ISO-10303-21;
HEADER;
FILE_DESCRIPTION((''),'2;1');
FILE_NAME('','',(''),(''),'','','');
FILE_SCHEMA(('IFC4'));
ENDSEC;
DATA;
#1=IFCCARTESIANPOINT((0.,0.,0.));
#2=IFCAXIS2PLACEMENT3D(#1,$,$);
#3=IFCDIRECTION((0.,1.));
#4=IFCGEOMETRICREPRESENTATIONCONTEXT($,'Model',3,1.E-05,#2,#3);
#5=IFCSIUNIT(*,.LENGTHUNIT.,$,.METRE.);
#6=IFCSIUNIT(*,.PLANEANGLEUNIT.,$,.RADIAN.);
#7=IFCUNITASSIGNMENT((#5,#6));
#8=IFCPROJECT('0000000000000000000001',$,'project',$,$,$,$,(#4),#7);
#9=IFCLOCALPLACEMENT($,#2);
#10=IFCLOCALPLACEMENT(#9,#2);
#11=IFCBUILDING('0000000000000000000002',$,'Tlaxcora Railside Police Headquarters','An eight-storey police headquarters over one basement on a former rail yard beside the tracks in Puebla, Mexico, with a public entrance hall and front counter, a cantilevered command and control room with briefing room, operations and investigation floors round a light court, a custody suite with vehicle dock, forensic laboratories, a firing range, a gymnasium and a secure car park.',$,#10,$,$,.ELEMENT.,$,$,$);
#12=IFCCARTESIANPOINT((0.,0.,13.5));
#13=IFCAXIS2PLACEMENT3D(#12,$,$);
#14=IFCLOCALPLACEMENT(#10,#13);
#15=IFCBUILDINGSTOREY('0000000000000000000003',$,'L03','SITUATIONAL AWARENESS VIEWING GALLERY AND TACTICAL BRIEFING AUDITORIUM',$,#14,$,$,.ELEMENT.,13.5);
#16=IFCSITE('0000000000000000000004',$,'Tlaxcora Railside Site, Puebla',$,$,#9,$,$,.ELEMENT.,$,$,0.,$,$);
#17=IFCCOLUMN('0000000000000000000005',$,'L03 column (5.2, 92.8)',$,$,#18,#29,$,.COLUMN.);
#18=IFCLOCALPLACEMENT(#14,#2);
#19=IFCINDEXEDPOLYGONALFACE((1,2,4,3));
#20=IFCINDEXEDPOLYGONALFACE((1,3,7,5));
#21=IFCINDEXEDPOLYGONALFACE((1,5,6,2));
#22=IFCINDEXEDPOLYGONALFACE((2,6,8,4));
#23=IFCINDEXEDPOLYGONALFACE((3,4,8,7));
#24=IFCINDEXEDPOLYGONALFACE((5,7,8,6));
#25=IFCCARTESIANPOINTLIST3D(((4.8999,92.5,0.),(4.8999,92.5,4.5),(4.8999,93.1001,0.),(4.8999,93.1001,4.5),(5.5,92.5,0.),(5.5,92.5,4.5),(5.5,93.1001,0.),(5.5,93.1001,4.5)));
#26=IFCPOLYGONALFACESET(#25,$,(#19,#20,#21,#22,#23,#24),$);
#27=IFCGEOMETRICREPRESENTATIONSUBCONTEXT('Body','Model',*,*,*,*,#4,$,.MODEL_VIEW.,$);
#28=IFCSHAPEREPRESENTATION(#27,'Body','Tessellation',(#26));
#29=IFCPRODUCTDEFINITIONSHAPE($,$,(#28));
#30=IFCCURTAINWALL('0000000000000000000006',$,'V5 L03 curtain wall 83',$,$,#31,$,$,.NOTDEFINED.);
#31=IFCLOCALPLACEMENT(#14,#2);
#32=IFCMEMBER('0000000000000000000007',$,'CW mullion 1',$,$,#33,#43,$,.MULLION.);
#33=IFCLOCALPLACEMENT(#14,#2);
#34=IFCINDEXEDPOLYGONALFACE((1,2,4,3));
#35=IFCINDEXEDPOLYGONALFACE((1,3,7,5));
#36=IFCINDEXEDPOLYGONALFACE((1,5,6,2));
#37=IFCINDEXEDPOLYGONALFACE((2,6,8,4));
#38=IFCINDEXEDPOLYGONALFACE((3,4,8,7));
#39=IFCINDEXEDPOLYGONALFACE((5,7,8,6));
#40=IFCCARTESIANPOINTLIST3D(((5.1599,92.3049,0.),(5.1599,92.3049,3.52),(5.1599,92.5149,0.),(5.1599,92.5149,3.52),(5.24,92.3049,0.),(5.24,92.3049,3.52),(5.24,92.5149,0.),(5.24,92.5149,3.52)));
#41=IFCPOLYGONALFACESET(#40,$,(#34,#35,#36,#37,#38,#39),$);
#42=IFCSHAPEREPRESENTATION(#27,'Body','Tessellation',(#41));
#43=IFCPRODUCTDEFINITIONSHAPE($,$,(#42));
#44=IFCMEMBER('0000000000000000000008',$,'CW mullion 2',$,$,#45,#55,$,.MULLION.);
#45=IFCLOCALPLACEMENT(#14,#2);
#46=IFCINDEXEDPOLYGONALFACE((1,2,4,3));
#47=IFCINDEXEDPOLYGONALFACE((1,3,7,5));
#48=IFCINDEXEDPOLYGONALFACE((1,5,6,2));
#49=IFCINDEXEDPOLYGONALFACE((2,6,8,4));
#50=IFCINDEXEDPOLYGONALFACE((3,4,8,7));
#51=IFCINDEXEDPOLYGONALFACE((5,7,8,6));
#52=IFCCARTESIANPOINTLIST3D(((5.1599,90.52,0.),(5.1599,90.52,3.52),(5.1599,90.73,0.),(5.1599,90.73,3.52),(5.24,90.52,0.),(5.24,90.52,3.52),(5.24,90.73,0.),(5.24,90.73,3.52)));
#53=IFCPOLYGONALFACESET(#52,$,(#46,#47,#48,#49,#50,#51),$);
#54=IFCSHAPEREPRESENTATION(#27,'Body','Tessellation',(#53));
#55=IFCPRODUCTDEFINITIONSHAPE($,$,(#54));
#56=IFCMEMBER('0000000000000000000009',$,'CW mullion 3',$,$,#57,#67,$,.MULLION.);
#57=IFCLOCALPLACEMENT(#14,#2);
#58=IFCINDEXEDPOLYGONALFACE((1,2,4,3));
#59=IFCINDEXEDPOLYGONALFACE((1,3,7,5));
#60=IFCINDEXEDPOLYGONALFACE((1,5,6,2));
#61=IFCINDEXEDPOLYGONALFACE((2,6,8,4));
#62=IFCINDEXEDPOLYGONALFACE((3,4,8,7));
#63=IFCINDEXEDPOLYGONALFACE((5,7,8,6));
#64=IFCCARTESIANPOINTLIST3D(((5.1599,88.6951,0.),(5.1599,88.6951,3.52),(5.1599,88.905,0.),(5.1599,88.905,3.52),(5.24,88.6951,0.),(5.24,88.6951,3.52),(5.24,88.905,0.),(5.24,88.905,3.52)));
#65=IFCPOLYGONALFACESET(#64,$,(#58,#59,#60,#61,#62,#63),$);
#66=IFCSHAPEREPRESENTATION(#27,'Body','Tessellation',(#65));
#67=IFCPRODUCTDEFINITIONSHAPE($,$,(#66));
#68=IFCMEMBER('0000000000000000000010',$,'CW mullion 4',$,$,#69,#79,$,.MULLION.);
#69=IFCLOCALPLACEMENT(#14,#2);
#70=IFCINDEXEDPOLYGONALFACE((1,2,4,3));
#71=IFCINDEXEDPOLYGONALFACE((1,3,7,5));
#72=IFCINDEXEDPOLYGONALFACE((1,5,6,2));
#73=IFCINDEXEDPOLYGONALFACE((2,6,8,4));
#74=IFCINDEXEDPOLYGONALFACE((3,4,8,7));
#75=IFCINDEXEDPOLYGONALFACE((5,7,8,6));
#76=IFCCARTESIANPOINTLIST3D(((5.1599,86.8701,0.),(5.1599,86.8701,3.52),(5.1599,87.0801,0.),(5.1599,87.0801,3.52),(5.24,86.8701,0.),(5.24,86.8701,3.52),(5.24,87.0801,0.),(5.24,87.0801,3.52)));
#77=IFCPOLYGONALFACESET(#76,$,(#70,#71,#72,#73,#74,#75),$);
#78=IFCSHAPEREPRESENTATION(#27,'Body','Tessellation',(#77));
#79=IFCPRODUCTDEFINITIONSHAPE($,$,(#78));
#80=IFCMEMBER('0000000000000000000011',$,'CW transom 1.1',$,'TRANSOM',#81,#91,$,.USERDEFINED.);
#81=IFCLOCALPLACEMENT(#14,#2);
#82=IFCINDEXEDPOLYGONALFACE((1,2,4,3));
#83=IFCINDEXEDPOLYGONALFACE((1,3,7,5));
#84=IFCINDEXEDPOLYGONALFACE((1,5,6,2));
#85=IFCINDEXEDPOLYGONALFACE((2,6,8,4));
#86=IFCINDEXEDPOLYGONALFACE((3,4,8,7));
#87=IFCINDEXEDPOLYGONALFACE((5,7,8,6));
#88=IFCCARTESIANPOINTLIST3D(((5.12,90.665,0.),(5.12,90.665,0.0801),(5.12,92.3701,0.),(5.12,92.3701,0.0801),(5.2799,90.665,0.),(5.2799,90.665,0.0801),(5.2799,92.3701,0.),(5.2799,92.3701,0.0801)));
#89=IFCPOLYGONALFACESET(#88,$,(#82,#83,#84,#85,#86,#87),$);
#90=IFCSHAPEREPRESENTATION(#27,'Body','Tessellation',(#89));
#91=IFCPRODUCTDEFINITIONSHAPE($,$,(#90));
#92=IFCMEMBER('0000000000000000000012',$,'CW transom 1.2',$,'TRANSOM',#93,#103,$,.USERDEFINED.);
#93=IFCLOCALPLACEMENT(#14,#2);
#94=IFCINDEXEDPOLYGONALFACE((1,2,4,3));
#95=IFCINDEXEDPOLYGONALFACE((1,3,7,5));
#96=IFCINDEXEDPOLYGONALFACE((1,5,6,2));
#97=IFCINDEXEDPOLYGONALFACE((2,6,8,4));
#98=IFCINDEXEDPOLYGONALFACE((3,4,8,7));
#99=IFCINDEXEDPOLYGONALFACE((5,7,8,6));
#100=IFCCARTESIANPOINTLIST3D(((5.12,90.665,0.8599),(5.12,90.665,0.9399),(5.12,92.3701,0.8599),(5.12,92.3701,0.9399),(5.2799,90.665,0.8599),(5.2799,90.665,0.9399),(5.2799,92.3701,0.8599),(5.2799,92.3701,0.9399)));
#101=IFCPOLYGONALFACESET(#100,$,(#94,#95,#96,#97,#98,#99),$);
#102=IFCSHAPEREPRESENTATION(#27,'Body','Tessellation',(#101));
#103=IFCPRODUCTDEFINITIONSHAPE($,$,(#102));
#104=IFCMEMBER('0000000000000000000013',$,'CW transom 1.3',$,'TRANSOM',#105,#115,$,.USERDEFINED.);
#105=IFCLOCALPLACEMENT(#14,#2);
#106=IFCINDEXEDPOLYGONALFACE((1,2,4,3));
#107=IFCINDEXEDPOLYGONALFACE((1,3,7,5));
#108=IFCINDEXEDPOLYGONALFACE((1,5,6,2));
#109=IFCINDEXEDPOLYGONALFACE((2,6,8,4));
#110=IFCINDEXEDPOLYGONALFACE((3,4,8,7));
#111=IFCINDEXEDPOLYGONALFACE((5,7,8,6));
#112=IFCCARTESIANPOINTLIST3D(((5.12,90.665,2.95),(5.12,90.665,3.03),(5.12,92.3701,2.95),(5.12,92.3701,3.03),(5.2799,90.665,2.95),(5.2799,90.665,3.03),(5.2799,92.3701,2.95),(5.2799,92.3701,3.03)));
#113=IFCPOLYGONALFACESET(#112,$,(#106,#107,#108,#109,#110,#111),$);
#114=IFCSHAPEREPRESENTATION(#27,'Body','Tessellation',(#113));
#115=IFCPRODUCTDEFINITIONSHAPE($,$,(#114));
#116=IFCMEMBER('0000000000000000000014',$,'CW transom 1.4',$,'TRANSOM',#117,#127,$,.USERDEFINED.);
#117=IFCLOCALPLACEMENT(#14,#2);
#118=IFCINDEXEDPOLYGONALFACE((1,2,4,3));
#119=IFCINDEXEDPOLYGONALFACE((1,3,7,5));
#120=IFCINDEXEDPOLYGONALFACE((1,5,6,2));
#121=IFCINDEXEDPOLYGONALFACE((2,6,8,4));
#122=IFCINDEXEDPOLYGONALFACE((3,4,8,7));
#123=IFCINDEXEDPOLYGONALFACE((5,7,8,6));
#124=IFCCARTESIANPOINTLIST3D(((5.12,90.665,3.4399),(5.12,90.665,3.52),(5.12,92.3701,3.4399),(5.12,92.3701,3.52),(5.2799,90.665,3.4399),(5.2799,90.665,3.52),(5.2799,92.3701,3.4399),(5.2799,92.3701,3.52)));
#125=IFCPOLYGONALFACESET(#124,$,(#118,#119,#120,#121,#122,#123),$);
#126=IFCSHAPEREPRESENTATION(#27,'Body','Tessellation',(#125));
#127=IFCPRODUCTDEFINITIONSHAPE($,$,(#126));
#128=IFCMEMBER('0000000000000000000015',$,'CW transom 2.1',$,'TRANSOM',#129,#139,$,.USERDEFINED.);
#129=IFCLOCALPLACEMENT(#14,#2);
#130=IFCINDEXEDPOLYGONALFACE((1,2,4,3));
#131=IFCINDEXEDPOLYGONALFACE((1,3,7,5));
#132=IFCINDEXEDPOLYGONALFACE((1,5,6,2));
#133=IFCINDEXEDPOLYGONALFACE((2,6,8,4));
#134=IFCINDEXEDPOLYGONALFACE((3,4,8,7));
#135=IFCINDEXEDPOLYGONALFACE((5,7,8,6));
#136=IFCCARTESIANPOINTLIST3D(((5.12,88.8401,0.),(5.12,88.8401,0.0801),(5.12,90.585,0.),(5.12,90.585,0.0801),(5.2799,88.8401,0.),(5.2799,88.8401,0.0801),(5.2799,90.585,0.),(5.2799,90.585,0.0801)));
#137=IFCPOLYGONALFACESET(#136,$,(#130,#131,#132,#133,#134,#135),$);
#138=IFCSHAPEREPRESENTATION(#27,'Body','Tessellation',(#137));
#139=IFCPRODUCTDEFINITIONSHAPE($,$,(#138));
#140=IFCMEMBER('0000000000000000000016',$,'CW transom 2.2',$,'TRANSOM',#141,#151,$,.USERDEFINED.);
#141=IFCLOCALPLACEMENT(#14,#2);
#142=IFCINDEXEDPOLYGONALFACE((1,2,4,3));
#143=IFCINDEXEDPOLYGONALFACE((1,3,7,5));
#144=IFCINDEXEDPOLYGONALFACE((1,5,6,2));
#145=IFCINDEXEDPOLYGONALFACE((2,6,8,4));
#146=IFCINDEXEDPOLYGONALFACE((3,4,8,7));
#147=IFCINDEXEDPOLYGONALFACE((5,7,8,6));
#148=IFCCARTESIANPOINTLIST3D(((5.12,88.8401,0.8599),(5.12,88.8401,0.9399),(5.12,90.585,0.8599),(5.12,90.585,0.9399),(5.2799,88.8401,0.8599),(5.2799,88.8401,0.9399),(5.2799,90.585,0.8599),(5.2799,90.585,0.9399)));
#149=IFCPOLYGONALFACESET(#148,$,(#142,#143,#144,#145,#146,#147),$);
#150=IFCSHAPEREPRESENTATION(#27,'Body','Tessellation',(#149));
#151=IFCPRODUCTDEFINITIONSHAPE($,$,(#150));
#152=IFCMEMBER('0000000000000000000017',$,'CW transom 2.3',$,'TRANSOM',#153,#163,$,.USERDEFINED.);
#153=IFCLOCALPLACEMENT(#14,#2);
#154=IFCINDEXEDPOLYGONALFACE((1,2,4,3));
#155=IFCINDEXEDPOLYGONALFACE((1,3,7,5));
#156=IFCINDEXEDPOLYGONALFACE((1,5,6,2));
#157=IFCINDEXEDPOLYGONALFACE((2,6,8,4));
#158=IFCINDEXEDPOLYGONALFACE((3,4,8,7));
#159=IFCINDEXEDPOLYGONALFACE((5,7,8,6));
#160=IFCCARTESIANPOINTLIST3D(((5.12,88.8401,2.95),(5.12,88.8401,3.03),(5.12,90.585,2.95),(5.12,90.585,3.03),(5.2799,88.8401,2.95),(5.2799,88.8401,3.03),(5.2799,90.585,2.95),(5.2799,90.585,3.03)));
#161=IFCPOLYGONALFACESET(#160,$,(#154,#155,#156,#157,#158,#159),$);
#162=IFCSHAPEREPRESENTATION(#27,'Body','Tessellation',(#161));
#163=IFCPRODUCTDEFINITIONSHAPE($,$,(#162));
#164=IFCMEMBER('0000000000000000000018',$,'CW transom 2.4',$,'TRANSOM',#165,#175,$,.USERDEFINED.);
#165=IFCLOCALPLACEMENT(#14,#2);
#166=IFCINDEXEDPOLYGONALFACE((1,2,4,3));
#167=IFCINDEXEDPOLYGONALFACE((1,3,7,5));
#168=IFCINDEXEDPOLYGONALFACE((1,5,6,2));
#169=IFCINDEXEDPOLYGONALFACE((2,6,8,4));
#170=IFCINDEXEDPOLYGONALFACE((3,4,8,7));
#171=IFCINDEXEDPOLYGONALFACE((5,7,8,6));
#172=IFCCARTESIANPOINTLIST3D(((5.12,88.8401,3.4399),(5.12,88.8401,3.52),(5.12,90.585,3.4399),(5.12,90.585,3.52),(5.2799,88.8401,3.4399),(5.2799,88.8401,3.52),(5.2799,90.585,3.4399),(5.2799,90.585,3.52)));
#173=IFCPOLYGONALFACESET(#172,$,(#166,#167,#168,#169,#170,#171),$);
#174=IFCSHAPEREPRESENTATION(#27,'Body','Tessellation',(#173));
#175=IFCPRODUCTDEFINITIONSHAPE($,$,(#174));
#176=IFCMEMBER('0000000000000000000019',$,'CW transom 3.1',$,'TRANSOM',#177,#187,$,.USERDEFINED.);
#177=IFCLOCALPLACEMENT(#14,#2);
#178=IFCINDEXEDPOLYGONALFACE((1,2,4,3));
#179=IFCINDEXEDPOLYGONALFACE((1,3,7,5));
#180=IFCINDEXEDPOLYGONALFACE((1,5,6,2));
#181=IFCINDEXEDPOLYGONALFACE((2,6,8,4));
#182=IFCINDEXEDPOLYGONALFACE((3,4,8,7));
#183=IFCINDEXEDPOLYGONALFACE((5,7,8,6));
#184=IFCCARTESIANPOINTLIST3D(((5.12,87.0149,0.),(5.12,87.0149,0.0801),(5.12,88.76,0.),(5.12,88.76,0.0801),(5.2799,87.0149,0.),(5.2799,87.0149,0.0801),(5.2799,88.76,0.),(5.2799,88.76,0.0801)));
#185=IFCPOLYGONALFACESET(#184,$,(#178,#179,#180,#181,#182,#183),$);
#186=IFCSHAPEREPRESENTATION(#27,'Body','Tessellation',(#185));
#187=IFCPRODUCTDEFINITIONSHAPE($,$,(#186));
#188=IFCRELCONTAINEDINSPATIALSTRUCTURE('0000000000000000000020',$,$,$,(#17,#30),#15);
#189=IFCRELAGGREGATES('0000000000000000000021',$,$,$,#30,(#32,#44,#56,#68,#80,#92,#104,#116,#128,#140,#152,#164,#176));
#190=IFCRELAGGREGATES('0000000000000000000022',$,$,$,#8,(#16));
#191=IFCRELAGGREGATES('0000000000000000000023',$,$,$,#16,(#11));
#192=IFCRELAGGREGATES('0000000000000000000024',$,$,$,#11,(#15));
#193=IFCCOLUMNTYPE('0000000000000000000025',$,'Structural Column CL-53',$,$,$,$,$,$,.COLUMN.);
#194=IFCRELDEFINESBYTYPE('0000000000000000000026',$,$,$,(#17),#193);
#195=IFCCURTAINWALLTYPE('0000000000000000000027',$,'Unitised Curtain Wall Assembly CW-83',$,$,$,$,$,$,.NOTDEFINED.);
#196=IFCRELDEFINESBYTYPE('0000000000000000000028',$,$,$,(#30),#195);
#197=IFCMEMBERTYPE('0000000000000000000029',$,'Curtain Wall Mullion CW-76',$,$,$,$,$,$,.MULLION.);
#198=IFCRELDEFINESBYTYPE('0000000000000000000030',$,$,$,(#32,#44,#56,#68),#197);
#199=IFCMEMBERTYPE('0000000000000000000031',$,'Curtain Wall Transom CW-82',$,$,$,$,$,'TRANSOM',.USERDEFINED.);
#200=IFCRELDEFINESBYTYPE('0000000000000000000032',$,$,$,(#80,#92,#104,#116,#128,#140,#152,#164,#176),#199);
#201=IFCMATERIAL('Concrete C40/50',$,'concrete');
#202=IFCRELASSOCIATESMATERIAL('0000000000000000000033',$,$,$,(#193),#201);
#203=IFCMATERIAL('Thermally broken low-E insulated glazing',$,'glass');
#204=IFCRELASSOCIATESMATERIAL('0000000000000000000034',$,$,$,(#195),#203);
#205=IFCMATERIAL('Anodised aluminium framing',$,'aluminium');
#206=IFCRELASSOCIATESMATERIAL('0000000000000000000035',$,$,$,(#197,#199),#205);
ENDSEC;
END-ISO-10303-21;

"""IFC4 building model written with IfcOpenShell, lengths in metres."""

from ifc_helpers import new_model, si_unit, direction, frame, origin, origin_2d, place, context, subcontext, project, spatial, rectangle, extrude, material, material_profile, profile_set, type_object, element, aggregate, save


model = new_model("IFC4")

# Units and contexts
model_context = context("Model", 3, precision=1e-05, world=origin(), true_north=direction((0.0, 1.0)))
body_context = subcontext(model_context, "Body", "Model", "MODEL_VIEW")
ifc_project = project(units=[si_unit("LENGTHUNIT", "METRE"), si_unit("PLANEANGLEUNIT", "RADIAN")], contexts=[model_context])

# Site, building, storey
site_placement = place(None, origin())
site = spatial("IfcSite", under=ifc_project, at=site_placement, Name="Tlaxcora Railside Site, Puebla", CompositionType="ELEMENT", RefElevation=0.0)
building_placement = place(site_placement, origin())
building = spatial("IfcBuilding", under=site, at=building_placement, Name="Tlaxcora Railside Police Headquarters", Description="An eight-storey police headquarters over one basement on a former rail yard beside the tracks in Puebla, Mexico, with a public entrance hall and front counter, a cantilevered command and control room with briefing room, operations and investigation floors round a light court, a custody suite with vehicle dock, forensic laboratories, a firing range, a gymnasium and a secure car park.", CompositionType="ELEMENT")
storey_placement = place(building_placement, frame((0.0, 0.0, 13.5)))
storey = spatial("IfcBuildingStorey", under=building, at=storey_placement, Name="L03", Description="SITUATIONAL AWARENESS VIEWING GALLERY AND TACTICAL BRIEFING AUDITORIUM", CompositionType="ELEMENT", Elevation=13.5)

# Column
ifc_material_1 = material(Name="Concrete C40/50", Category="concrete")
ifc_material_profile_1 = material_profile(ifc_material_1, rectangle(XDim=0.6001, YDim=0.6001, at=origin_2d()), Name="RC600X600")
ifc_profile_set_1 = profile_set([ifc_material_profile_1], Name="Concrete C40/50")
column_type = type_object("IfcColumnType", Name="Structural Column CL-53", PredefinedType="COLUMN", material=ifc_profile_set_1)
column_placement = place(storey_placement, frame((5.2, 92.8, 0.0), z_axis=(0.0, 0.0, 1.0), x_axis=(1.0, 0.0, 0.0)))
element("IfcColumn", 1, at=column_placement, inside=storey, type_object=column_type, Name="L03 column (5.2, 92.8)", PredefinedType="COLUMN", context=body_context, shape_type="SweptSolid", body=[
    extrude(rectangle(XDim=0.6001, YDim=0.6001, at=origin_2d()), origin(), (0.0, 0.0, 1.0), 4.5),
])

# Curtain wall, members
ifc_material_2 = material(Name="Thermally broken low-E insulated glazing", Category="glass")
curtain_wall_type = type_object("IfcCurtainWallType", Name="Unitised Curtain Wall Assembly CW-83", PredefinedType="NOTDEFINED", material=ifc_material_2)
curtain_wall_placement = place(storey_placement, origin())
curtain_wall = element("IfcCurtainWall", 2, at=curtain_wall_placement, inside=storey, type_object=curtain_wall_type, Name="V5 L03 curtain wall 83", PredefinedType="NOTDEFINED")
ifc_material_3 = material(Name="Anodised aluminium framing", Category="aluminium")
ifc_material_profile_2 = material_profile(ifc_material_3, rectangle(XDim=0.0801, YDim=0.21, at=origin_2d()), Name="AL80X210")
ifc_profile_set_2 = profile_set([ifc_material_profile_2], Name="Anodised aluminium framing")
member_type_1 = type_object("IfcMemberType", Name="Curtain Wall Mullion CW-76", PredefinedType="MULLION", material=ifc_profile_set_2)
member_1_placement = place(storey_placement, frame((5.2, 92.4099, 0.0), z_axis=(0.0, 0.0, 1.0), x_axis=(1.0, 0.0, 0.0)))
member_1 = element("IfcMember", 3, at=member_1_placement, type_object=member_type_1, Name="CW mullion 1", PredefinedType="MULLION", context=body_context, shape_type="SweptSolid", body=[
    extrude(rectangle(XDim=0.0801, YDim=0.21, at=origin_2d()), origin(), (0.0, 0.0, 1.0), 3.52),
])
member_2_placement = place(storey_placement, frame((5.2, 90.625, 0.0), z_axis=(0.0, 0.0, 1.0), x_axis=(1.0, 0.0, 0.0)))
member_2 = element("IfcMember", 4, at=member_2_placement, type_object=member_type_1, Name="CW mullion 2", PredefinedType="MULLION", context=body_context, shape_type="SweptSolid", body=[
    extrude(rectangle(XDim=0.0801, YDim=0.21, at=origin_2d()), origin(), (0.0, 0.0, 1.0), 3.52),
])
member_3_placement = place(storey_placement, frame((5.2, 88.8, 0.0), z_axis=(0.0, 0.0, 1.0), x_axis=(1.0, 0.0, 0.0)))
member_3 = element("IfcMember", 5, at=member_3_placement, type_object=member_type_1, Name="CW mullion 3", PredefinedType="MULLION", context=body_context, shape_type="SweptSolid", body=[
    extrude(rectangle(XDim=0.0801, YDim=0.21, at=origin_2d()), origin(), (0.0, 0.0, 1.0), 3.52),
])
member_4_placement = place(storey_placement, frame((5.2, 86.9751, 0.0), z_axis=(0.0, 0.0, 1.0), x_axis=(1.0, 0.0, 0.0)))
member_4 = element("IfcMember", 6, at=member_4_placement, type_object=member_type_1, Name="CW mullion 4", PredefinedType="MULLION", context=body_context, shape_type="SweptSolid", body=[
    extrude(rectangle(XDim=0.0801, YDim=0.21, at=origin_2d()), origin(), (0.0, 0.0, 1.0), 3.52),
])
ifc_material_profile_3 = material_profile(ifc_material_3, rectangle(XDim=0.1599, YDim=0.0801, at=origin_2d()), Name="AL80X160")
ifc_profile_set_3 = profile_set([ifc_material_profile_3], Name="Anodised aluminium framing")
member_type_2 = type_object("IfcMemberType", Name="Curtain Wall Transom CW-82", ElementType="TRANSOM", PredefinedType="USERDEFINED", material=ifc_profile_set_3)
member_5_placement = place(storey_placement, frame((5.2, 92.3701, 0.04), z_axis=(0.0, -1.0, 0.0), x_axis=(1.0, 0.0, 0.0)))
member_5 = element("IfcMember", 7, at=member_5_placement, type_object=member_type_2, Name="CW transom 1.1", ObjectType="TRANSOM", PredefinedType="USERDEFINED", context=body_context, shape_type="SweptSolid", body=[
    extrude(rectangle(XDim=0.1599, YDim=0.0801, at=origin_2d()), origin(), (0.0, 0.0, 1.0), 1.7051),
])
member_6_placement = place(storey_placement, frame((5.2, 92.3701, 0.8999), z_axis=(0.0, -1.0, 0.0), x_axis=(1.0, 0.0, 0.0)))
member_6 = element("IfcMember", 8, at=member_6_placement, type_object=member_type_2, Name="CW transom 1.2", ObjectType="TRANSOM", PredefinedType="USERDEFINED", context=body_context, shape_type="SweptSolid", body=[
    extrude(rectangle(XDim=0.1599, YDim=0.0801, at=origin_2d()), origin(), (0.0, 0.0, 1.0), 1.7051),
])
member_7_placement = place(storey_placement, frame((5.2, 92.3701, 2.99), z_axis=(0.0, -1.0, 0.0), x_axis=(1.0, 0.0, 0.0)))
member_7 = element("IfcMember", 9, at=member_7_placement, type_object=member_type_2, Name="CW transom 1.3", ObjectType="TRANSOM", PredefinedType="USERDEFINED", context=body_context, shape_type="SweptSolid", body=[
    extrude(rectangle(XDim=0.1599, YDim=0.0801, at=origin_2d()), origin(), (0.0, 0.0, 1.0), 1.7051),
])
member_8_placement = place(storey_placement, frame((5.2, 92.3701, 3.48), z_axis=(0.0, -1.0, 0.0), x_axis=(1.0, 0.0, 0.0)))
member_8 = element("IfcMember", 10, at=member_8_placement, type_object=member_type_2, Name="CW transom 1.4", ObjectType="TRANSOM", PredefinedType="USERDEFINED", context=body_context, shape_type="SweptSolid", body=[
    extrude(rectangle(XDim=0.1599, YDim=0.0801, at=origin_2d()), origin(), (0.0, 0.0, 1.0), 1.7051),
])
member_9_placement = place(storey_placement, frame((5.2, 90.585, 0.04), z_axis=(0.0, -1.0, 0.0), x_axis=(1.0, 0.0, 0.0)))
member_9 = element("IfcMember", 11, at=member_9_placement, type_object=member_type_2, Name="CW transom 2.1", ObjectType="TRANSOM", PredefinedType="USERDEFINED", context=body_context, shape_type="SweptSolid", body=[
    extrude(rectangle(XDim=0.1599, YDim=0.0801, at=origin_2d()), origin(), (0.0, 0.0, 1.0), 1.7449),
])
member_10_placement = place(storey_placement, frame((5.2, 90.585, 0.8999), z_axis=(0.0, -1.0, 0.0), x_axis=(1.0, 0.0, 0.0)))
member_10 = element("IfcMember", 12, at=member_10_placement, type_object=member_type_2, Name="CW transom 2.2", ObjectType="TRANSOM", PredefinedType="USERDEFINED", context=body_context, shape_type="SweptSolid", body=[
    extrude(rectangle(XDim=0.1599, YDim=0.0801, at=origin_2d()), origin(), (0.0, 0.0, 1.0), 1.7449),
])
member_11_placement = place(storey_placement, frame((5.2, 90.585, 2.99), z_axis=(0.0, -1.0, 0.0), x_axis=(1.0, 0.0, 0.0)))
member_11 = element("IfcMember", 13, at=member_11_placement, type_object=member_type_2, Name="CW transom 2.3", ObjectType="TRANSOM", PredefinedType="USERDEFINED", context=body_context, shape_type="SweptSolid", body=[
    extrude(rectangle(XDim=0.1599, YDim=0.0801, at=origin_2d()), origin(), (0.0, 0.0, 1.0), 1.7449),
])
member_12_placement = place(storey_placement, frame((5.2, 90.585, 3.48), z_axis=(0.0, -1.0, 0.0), x_axis=(1.0, 0.0, 0.0)))
member_12 = element("IfcMember", 14, at=member_12_placement, type_object=member_type_2, Name="CW transom 2.4", ObjectType="TRANSOM", PredefinedType="USERDEFINED", context=body_context, shape_type="SweptSolid", body=[
    extrude(rectangle(XDim=0.1599, YDim=0.0801, at=origin_2d()), origin(), (0.0, 0.0, 1.0), 1.7449),
])
member_13_placement = place(storey_placement, frame((5.2, 88.76, 0.04), z_axis=(0.0, -1.0, 0.0), x_axis=(1.0, 0.0, 0.0)))
member_13 = element("IfcMember", 15, at=member_13_placement, type_object=member_type_2, Name="CW transom 3.1", ObjectType="TRANSOM", PredefinedType="USERDEFINED", context=body_context, shape_type="SweptSolid", body=[
    extrude(rectangle(XDim=0.1599, YDim=0.0801, at=origin_2d()), origin(), (0.0, 0.0, 1.0), 1.7451),
])

aggregate(curtain_wall, [member_1, member_2, member_3, member_4, member_5, member_6, member_7, member_8, member_9, member_10, member_11, member_12, member_13])

save(model, "model.ifc")
